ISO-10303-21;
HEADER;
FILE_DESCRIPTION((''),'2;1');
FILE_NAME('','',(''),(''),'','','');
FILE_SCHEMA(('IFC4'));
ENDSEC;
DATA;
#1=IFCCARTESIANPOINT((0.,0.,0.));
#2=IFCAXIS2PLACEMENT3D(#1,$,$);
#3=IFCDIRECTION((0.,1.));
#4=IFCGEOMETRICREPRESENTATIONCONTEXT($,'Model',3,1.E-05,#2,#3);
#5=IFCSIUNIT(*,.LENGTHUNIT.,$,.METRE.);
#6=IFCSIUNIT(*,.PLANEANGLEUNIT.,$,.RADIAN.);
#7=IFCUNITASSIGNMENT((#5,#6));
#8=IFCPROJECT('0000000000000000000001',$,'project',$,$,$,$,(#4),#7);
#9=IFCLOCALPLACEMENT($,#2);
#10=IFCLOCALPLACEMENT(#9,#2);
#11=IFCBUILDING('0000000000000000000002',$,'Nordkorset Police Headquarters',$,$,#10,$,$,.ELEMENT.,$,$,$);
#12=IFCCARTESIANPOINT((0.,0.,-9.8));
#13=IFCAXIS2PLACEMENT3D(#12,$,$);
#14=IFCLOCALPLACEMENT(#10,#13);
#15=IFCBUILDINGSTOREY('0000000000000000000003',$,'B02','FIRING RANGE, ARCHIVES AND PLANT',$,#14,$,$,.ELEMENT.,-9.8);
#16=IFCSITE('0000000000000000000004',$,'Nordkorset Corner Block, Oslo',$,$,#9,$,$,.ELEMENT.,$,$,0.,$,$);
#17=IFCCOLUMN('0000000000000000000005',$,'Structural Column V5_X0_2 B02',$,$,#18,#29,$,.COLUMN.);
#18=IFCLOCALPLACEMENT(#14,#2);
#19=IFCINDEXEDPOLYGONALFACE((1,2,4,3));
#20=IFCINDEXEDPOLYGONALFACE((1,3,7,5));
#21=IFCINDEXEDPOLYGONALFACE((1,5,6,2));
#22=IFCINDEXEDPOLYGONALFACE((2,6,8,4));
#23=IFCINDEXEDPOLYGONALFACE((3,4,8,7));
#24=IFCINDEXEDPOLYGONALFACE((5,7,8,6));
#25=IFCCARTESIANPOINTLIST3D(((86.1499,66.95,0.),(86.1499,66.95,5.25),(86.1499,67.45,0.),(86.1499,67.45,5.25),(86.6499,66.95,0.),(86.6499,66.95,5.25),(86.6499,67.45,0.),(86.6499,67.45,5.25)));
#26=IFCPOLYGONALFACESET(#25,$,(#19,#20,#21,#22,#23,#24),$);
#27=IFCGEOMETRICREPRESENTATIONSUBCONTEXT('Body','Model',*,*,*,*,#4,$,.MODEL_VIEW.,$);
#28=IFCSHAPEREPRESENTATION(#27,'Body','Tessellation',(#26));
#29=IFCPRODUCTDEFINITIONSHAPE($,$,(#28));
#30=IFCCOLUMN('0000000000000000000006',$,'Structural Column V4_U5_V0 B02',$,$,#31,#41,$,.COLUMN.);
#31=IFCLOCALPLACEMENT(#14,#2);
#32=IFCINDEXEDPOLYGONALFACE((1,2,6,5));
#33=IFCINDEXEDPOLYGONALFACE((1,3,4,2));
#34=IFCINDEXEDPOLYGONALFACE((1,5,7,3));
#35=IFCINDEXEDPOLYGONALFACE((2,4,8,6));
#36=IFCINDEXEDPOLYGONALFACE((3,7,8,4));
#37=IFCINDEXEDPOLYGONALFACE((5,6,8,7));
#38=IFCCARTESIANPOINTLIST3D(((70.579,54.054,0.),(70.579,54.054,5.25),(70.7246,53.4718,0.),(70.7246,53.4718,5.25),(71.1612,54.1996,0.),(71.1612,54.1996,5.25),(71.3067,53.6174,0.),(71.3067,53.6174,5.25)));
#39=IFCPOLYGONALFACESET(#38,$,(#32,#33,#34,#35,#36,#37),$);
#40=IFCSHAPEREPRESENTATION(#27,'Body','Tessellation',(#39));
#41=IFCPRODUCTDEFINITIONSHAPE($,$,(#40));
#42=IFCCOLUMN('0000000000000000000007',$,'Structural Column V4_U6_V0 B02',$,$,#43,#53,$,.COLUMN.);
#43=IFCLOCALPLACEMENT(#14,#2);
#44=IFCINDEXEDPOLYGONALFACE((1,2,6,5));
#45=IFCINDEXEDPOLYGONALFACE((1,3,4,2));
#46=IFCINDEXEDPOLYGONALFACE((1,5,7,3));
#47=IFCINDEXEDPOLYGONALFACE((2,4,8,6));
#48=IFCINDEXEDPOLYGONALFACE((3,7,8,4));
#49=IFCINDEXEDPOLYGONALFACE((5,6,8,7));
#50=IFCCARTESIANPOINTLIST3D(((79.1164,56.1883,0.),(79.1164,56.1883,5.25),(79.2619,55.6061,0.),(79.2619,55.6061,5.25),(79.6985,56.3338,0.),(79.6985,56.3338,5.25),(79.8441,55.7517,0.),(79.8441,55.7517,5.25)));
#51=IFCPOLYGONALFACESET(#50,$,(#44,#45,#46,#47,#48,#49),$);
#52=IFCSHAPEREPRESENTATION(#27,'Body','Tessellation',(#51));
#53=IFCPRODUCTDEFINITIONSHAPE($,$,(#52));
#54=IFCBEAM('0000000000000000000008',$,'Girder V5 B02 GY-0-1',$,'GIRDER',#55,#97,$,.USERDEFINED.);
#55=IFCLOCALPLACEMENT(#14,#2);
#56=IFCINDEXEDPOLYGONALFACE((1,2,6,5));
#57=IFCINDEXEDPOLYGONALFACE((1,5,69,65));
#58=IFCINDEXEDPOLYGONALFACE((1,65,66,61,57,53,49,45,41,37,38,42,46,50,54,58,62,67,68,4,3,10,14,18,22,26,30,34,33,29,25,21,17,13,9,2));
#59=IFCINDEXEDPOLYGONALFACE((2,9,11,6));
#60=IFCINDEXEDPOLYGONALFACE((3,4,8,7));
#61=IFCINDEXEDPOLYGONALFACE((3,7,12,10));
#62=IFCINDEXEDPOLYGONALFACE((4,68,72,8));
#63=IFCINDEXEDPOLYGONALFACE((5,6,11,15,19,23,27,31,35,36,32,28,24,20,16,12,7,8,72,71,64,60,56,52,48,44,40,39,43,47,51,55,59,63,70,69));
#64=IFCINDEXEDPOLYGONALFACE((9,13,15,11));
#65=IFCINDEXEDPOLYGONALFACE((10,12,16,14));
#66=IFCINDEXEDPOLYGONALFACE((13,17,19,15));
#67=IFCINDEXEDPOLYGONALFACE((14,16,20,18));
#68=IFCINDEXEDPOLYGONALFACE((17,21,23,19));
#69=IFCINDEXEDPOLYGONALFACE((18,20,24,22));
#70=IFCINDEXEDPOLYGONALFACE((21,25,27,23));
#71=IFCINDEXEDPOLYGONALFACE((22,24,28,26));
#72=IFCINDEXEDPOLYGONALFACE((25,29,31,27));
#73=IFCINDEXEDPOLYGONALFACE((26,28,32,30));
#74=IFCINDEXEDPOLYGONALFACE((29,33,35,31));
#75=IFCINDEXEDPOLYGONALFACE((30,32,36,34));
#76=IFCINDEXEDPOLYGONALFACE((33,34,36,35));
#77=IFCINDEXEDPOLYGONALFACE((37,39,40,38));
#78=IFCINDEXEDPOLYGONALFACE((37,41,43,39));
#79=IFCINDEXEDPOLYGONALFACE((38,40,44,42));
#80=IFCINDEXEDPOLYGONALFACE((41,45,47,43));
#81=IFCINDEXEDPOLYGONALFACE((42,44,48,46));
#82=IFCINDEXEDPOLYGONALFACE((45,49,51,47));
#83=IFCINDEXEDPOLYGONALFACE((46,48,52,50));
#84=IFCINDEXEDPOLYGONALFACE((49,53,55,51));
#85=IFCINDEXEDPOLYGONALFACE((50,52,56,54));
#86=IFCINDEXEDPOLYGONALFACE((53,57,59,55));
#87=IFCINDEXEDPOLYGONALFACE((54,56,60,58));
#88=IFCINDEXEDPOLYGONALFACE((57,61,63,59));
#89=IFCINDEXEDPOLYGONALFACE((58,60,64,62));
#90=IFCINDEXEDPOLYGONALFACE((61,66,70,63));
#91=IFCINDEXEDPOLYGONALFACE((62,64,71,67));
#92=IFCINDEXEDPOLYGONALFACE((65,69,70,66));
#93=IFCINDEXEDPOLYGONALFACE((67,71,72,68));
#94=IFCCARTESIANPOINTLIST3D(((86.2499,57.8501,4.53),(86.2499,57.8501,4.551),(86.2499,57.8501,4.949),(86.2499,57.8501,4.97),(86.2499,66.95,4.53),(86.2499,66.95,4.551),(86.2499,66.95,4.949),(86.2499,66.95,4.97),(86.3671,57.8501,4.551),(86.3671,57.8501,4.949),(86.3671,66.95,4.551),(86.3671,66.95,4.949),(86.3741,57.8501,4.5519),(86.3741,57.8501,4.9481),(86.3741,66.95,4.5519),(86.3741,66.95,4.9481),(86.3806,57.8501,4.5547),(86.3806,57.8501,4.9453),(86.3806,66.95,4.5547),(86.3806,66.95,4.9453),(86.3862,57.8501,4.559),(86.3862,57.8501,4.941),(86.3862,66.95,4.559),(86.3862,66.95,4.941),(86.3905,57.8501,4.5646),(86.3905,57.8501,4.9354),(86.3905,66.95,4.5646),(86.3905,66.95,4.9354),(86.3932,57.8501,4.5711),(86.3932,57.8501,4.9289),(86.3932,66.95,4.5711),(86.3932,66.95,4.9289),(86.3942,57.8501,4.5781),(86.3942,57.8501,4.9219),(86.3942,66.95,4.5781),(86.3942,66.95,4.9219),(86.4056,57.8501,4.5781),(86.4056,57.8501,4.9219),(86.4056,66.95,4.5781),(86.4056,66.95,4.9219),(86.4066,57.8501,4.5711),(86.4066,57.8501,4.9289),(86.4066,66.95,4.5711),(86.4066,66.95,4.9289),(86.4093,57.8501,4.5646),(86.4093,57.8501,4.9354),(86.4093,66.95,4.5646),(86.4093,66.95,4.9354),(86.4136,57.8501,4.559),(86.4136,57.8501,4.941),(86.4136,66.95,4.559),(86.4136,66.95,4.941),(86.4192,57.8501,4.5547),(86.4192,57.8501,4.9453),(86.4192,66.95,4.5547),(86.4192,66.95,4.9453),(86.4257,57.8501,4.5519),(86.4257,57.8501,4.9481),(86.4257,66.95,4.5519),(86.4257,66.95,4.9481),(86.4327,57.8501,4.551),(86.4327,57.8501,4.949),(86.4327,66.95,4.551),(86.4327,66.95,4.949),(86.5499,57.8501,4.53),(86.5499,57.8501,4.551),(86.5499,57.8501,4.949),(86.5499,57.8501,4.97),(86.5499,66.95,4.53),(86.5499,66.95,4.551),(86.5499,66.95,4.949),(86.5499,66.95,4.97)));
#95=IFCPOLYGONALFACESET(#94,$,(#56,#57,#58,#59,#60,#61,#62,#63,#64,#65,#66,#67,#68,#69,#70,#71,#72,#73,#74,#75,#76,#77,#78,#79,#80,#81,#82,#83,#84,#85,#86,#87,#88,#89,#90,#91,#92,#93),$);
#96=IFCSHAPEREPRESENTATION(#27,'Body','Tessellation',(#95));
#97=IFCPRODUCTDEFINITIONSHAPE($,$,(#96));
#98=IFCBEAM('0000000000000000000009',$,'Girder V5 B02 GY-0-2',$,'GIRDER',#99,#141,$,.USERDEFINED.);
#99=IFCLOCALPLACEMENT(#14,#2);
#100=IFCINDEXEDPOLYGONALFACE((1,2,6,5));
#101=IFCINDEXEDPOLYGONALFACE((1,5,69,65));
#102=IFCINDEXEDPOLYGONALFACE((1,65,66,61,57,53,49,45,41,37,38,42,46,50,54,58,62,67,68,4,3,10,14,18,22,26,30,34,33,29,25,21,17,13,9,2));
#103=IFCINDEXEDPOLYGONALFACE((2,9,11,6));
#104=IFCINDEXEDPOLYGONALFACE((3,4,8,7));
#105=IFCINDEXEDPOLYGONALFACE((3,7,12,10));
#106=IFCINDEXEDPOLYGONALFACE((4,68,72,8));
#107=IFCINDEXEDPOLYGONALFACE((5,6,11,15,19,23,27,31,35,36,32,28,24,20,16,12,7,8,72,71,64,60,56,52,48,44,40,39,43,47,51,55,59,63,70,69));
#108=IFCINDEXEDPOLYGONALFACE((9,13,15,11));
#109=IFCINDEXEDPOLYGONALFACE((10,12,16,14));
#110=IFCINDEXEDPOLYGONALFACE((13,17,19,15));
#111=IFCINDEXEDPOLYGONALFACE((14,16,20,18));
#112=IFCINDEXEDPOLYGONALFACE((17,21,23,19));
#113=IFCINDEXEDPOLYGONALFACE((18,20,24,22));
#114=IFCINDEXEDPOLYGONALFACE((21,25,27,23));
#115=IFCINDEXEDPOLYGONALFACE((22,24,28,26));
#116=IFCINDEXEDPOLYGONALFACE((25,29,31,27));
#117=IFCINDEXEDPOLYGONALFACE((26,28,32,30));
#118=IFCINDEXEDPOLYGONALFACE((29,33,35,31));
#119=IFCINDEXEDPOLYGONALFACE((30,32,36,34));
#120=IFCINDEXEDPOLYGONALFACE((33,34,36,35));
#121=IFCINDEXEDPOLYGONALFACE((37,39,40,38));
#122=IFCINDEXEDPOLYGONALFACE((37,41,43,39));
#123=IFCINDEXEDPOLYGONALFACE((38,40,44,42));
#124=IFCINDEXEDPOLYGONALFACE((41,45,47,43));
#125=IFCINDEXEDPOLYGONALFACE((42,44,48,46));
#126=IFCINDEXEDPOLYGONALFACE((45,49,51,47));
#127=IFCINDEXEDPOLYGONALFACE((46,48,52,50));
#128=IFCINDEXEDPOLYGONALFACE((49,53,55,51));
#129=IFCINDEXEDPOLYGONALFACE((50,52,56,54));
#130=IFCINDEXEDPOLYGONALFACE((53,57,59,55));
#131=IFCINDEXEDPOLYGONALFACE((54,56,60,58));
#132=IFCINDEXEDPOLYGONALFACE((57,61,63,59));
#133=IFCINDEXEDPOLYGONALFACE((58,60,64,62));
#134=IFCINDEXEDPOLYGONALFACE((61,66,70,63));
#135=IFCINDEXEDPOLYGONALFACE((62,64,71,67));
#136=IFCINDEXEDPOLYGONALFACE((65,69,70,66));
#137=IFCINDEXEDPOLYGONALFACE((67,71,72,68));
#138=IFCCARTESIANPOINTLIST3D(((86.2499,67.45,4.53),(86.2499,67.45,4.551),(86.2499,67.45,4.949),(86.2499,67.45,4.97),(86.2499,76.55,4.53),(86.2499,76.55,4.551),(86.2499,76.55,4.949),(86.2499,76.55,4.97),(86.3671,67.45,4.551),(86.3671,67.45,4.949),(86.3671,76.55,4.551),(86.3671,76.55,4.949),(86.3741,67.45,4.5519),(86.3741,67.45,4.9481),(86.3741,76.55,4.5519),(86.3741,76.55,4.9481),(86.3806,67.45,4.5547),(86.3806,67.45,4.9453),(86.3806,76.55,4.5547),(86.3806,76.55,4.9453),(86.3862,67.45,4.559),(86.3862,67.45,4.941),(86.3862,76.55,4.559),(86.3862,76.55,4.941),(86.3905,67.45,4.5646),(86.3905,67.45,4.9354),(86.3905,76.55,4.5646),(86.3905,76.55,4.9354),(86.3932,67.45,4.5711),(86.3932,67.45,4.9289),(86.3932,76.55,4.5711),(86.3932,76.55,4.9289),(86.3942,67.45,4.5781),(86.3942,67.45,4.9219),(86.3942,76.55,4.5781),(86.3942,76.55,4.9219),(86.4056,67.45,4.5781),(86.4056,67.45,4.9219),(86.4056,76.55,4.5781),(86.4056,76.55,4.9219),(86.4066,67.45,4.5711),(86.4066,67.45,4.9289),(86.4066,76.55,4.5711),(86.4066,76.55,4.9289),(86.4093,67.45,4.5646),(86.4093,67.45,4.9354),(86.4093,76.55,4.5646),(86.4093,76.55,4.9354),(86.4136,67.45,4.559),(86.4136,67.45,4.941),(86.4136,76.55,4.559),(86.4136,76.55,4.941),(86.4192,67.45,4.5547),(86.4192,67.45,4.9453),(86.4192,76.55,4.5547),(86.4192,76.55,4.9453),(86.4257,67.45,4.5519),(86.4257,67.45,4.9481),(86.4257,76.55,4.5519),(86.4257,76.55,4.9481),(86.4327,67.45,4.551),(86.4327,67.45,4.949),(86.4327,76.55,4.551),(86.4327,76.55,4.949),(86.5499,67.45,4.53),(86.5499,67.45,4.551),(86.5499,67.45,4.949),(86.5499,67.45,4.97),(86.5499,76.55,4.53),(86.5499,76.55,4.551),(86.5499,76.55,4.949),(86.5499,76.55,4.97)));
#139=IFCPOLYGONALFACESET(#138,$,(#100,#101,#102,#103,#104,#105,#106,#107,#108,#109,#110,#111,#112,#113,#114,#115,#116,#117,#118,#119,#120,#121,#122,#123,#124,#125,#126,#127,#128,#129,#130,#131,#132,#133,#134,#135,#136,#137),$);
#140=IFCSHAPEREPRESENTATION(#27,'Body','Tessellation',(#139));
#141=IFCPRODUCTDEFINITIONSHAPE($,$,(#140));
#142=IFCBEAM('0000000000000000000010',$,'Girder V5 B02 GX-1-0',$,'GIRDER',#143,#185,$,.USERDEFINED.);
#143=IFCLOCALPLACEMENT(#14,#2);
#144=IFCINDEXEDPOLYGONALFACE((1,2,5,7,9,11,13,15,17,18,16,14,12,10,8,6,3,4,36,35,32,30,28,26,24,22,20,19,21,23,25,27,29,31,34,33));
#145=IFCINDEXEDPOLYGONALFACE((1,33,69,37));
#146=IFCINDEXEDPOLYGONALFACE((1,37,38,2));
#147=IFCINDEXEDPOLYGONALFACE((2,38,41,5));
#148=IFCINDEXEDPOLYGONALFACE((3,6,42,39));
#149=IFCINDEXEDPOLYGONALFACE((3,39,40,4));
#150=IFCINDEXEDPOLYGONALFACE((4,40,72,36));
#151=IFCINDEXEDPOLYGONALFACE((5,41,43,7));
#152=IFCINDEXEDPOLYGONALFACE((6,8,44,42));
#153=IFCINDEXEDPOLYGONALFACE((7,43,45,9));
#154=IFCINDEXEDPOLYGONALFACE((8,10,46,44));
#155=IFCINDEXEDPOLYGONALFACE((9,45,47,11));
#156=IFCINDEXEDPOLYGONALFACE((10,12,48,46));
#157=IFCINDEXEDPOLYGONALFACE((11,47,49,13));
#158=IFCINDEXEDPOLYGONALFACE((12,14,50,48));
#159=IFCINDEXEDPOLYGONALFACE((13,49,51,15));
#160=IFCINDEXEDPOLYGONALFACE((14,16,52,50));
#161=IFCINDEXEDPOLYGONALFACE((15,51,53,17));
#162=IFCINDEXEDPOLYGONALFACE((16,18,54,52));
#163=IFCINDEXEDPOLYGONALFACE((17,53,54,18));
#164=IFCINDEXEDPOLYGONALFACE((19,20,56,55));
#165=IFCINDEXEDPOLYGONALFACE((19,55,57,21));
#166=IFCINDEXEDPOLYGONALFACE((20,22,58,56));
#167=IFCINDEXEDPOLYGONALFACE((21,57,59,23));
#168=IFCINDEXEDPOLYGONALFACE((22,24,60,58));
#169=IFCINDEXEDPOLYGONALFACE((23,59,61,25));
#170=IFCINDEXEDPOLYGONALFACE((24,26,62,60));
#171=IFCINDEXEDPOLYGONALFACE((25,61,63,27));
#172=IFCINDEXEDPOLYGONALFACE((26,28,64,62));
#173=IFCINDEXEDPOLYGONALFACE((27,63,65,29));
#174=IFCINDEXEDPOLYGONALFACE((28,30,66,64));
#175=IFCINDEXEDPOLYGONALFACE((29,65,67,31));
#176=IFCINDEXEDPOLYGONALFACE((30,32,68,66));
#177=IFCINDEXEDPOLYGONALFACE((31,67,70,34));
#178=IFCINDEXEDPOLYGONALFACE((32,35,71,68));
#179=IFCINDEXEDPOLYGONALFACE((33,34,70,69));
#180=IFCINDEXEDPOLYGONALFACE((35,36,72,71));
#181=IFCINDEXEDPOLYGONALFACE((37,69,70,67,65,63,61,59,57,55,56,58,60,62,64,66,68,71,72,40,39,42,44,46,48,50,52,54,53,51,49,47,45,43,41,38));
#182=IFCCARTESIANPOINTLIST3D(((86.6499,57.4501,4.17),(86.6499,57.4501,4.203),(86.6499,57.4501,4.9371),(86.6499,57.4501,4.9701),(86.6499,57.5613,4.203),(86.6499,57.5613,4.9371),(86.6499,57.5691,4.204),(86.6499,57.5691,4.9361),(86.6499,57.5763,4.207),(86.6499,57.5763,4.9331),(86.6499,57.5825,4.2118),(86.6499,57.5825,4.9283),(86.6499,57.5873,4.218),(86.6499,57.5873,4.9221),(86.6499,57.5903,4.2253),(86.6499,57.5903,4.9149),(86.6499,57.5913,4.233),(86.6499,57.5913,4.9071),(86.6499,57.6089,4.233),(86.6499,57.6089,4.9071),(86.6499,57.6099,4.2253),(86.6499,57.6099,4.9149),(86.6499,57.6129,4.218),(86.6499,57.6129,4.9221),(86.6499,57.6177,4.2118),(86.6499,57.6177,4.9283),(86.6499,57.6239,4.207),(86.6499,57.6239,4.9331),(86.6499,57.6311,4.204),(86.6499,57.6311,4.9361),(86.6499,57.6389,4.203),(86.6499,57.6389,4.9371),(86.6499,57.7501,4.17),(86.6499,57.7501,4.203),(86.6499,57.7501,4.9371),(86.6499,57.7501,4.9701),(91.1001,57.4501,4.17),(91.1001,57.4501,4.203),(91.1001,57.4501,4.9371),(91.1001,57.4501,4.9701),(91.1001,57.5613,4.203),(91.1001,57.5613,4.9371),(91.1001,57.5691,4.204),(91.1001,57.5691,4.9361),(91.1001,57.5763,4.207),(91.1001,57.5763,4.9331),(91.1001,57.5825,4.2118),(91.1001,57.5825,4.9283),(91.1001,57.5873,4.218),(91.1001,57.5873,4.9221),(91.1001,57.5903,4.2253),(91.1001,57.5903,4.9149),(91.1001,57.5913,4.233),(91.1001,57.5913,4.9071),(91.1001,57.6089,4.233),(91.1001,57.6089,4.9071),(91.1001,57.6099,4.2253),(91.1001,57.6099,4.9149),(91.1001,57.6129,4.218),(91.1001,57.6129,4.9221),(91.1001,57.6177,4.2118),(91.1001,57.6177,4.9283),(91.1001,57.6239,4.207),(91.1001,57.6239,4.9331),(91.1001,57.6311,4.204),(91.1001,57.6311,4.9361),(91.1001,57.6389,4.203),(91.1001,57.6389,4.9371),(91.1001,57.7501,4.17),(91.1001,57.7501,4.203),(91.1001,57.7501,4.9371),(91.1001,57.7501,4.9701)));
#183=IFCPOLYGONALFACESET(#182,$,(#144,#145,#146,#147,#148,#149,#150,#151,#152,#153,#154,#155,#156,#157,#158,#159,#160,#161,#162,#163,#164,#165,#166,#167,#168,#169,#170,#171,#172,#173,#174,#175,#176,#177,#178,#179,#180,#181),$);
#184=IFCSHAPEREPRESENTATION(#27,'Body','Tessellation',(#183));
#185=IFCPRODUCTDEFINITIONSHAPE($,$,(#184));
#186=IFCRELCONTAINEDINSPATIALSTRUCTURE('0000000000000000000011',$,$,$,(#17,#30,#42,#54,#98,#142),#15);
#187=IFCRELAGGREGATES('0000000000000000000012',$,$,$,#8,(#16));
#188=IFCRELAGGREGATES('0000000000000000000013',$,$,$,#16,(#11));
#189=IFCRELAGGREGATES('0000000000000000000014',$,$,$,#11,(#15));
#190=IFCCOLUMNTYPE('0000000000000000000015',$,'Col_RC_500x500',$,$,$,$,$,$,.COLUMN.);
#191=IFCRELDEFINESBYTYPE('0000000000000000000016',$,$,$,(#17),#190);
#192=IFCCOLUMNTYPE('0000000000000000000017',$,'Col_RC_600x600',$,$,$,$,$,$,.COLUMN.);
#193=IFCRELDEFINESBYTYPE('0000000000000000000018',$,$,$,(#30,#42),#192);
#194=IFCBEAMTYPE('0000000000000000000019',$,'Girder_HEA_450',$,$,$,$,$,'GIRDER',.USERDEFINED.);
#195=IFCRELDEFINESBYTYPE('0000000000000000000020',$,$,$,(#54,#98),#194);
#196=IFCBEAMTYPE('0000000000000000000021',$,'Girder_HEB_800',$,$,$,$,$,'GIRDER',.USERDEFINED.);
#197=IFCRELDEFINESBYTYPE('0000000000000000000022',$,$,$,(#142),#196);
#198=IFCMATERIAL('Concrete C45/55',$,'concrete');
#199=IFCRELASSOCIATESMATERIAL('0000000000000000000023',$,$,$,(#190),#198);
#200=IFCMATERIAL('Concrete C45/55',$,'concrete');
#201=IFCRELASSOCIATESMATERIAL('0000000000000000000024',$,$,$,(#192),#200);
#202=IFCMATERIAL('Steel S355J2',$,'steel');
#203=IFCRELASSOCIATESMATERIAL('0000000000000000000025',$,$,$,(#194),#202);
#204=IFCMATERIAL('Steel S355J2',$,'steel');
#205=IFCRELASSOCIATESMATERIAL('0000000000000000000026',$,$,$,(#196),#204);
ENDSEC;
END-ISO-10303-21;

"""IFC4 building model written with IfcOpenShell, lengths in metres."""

from ifc_helpers import new_model, si_unit, direction, frame, origin, origin_2d, place, context, subcontext, project, spatial, rectangle, i_section, extrude, material, material_profile, profile_set, type_object, element, save


model = new_model("IFC4")

# Units and contexts
model_context = context("Model", 3, precision=1e-05, world=origin(), true_north=direction((0.0, 1.0)))
body_context = subcontext(model_context, "Body", "Model", "MODEL_VIEW")
ifc_project = project(units=[si_unit("LENGTHUNIT", "METRE"), si_unit("PLANEANGLEUNIT", "RADIAN")], contexts=[model_context])

# Site, building, storey
site_placement = place(None, origin())
site = spatial("IfcSite", under=ifc_project, at=site_placement, Name="Nordkorset Corner Block, Oslo", CompositionType="ELEMENT", RefElevation=0.0)
building_placement = place(site_placement, origin())
building = spatial("IfcBuilding", under=site, at=building_placement, Name="Nordkorset Police Headquarters", CompositionType="ELEMENT")
storey_placement = place(building_placement, frame((0.0, 0.0, -9.8)))
storey = spatial("IfcBuildingStorey", under=building, at=storey_placement, Name="B02", Description="FIRING RANGE, ARCHIVES AND PLANT", CompositionType="ELEMENT", Elevation=-9.8)

# Columns
ifc_material_1 = material(Name="Concrete C45/55", Category="concrete")
ifc_material_profile_1 = material_profile(ifc_material_1, rectangle(XDim=0.5, YDim=0.5, at=origin_2d()), Name="RC 500x500")
ifc_profile_set_1 = profile_set([ifc_material_profile_1], Name="Concrete C45/55")
column_type_1 = type_object("IfcColumnType", Name="Col_RC_500x500", PredefinedType="COLUMN", material=ifc_profile_set_1)
for number, where, z_axis, x_axis, name in (
    (1, (86.3999, 67.2, 0.0), (0.0, 0.0, 1.0), (1.0, 0.0, 0.0), "Structural Column V5_X0_2 B02"),
):
    element("IfcColumn", number, at=place(storey_placement, frame(where, z_axis=z_axis, x_axis=x_axis)), inside=storey, type_object=column_type_1, Name=name, PredefinedType="COLUMN", context=body_context, shape_type="SweptSolid", body=[
        extrude(rectangle(XDim=0.5, YDim=0.5, at=origin_2d()), origin(), (0.0, 0.0, 1.0), 5.25),
    ])
ifc_material_2 = material(Name="Concrete C45/55", Category="concrete")
ifc_material_profile_2 = material_profile(ifc_material_2, rectangle(XDim=0.6001, YDim=0.6001, at=origin_2d()), Name="RC 600x600")
ifc_profile_set_2 = profile_set([ifc_material_profile_2], Name="Concrete C45/55")
column_type_2 = type_object("IfcColumnType", Name="Col_RC_600x600", PredefinedType="COLUMN", material=ifc_profile_set_2)
for number, where, z_axis, x_axis, name in (
    (2, (70.9429, 53.8357, 0.0), (0.0, 0.0, 1.0), (0.970143, 0.242536, 0.0), "Structural Column V4_U5_V0 B02"),
    (3, (79.4802, 55.97, 0.0), (0.0, 0.0, 1.0), (0.970143, 0.242536, 0.0), "Structural Column V4_U6_V0 B02"),
):
    element("IfcColumn", number, at=place(storey_placement, frame(where, z_axis=z_axis, x_axis=x_axis)), inside=storey, type_object=column_type_2, Name=name, PredefinedType="COLUMN", context=body_context, shape_type="SweptSolid", body=[
        extrude(rectangle(XDim=0.6001, YDim=0.6001, at=origin_2d()), origin(), (0.0, 0.0, 1.0), 5.25),
    ])

# Beams
ifc_material_3 = material(Name="Steel S355J2", Category="steel")
ifc_material_profile_3 = material_profile(ifc_material_3, i_section(OverallWidth=0.3, OverallDepth=0.4399, WebThickness=0.0115, FlangeThickness=0.021, FilletRadius=0.0271, at=origin_2d()), Name="HEA 450")
ifc_profile_set_3 = profile_set([ifc_material_profile_3], Name="Steel S355J2")
beam_type_1 = type_object("IfcBeamType", Name="Girder_HEA_450", ElementType="GIRDER", PredefinedType="USERDEFINED", material=ifc_profile_set_3)
beam_1_placement = place(storey_placement, frame((86.3999, 57.8501, 4.75), z_axis=(0.0, 1.0, 0.0), x_axis=(-1.0, 0.0, 0.0)))
element("IfcBeam", 4, at=beam_1_placement, inside=storey, type_object=beam_type_1, Name="Girder V5 B02 GY-0-1", ObjectType="GIRDER", PredefinedType="USERDEFINED", context=body_context, shape_type="SweptSolid", body=[
    extrude(i_section(OverallWidth=0.3, OverallDepth=0.4399, WebThickness=0.0115, FlangeThickness=0.021, FilletRadius=0.0271, at=origin_2d()), origin(), (0.0, 0.0, 1.0), 9.0999),
])
beam_2_placement = place(storey_placement, frame((86.3999, 67.45, 4.75), z_axis=(0.0, 1.0, 0.0), x_axis=(-1.0, 0.0, 0.0)))
element("IfcBeam", 5, at=beam_2_placement, inside=storey, type_object=beam_type_1, Name="Girder V5 B02 GY-0-2", ObjectType="GIRDER", PredefinedType="USERDEFINED", context=body_context, shape_type="SweptSolid", body=[
    extrude(i_section(OverallWidth=0.3, OverallDepth=0.4399, WebThickness=0.0115, FlangeThickness=0.021, FilletRadius=0.0271, at=origin_2d()), origin(), (0.0, 0.0, 1.0), 9.1001),
])
ifc_material_4 = material(Name="Steel S355J2", Category="steel")
ifc_material_profile_4 = material_profile(ifc_material_4, i_section(OverallWidth=0.3, OverallDepth=0.8, WebThickness=0.0176, FlangeThickness=0.033, FilletRadius=0.03, at=origin_2d()), Name="HEB 800")
ifc_profile_set_4 = profile_set([ifc_material_profile_4], Name="Steel S355J2")
beam_type_2 = type_object("IfcBeamType", Name="Girder_HEB_800", ElementType="GIRDER", PredefinedType="USERDEFINED", material=ifc_profile_set_4)
for number, where, z_axis, x_axis, name in (
    (6, (86.6499, 57.6001, 4.5701), (1.0, 0.0, 0.0), (0.0, 1.0, 0.0), "Girder V5 B02 GX-1-0"),
):
    element("IfcBeam", number, at=place(storey_placement, frame(where, z_axis=z_axis, x_axis=x_axis)), inside=storey, type_object=beam_type_2, Name=name, ObjectType="GIRDER", PredefinedType="USERDEFINED", context=body_context, shape_type="SweptSolid", body=[
        extrude(i_section(OverallWidth=0.3, OverallDepth=0.8, WebThickness=0.0176, FlangeThickness=0.033, FilletRadius=0.03, at=origin_2d()), origin(), (0.0, 0.0, 1.0), 4.4502),
    ])

save(model, "model.ifc")
